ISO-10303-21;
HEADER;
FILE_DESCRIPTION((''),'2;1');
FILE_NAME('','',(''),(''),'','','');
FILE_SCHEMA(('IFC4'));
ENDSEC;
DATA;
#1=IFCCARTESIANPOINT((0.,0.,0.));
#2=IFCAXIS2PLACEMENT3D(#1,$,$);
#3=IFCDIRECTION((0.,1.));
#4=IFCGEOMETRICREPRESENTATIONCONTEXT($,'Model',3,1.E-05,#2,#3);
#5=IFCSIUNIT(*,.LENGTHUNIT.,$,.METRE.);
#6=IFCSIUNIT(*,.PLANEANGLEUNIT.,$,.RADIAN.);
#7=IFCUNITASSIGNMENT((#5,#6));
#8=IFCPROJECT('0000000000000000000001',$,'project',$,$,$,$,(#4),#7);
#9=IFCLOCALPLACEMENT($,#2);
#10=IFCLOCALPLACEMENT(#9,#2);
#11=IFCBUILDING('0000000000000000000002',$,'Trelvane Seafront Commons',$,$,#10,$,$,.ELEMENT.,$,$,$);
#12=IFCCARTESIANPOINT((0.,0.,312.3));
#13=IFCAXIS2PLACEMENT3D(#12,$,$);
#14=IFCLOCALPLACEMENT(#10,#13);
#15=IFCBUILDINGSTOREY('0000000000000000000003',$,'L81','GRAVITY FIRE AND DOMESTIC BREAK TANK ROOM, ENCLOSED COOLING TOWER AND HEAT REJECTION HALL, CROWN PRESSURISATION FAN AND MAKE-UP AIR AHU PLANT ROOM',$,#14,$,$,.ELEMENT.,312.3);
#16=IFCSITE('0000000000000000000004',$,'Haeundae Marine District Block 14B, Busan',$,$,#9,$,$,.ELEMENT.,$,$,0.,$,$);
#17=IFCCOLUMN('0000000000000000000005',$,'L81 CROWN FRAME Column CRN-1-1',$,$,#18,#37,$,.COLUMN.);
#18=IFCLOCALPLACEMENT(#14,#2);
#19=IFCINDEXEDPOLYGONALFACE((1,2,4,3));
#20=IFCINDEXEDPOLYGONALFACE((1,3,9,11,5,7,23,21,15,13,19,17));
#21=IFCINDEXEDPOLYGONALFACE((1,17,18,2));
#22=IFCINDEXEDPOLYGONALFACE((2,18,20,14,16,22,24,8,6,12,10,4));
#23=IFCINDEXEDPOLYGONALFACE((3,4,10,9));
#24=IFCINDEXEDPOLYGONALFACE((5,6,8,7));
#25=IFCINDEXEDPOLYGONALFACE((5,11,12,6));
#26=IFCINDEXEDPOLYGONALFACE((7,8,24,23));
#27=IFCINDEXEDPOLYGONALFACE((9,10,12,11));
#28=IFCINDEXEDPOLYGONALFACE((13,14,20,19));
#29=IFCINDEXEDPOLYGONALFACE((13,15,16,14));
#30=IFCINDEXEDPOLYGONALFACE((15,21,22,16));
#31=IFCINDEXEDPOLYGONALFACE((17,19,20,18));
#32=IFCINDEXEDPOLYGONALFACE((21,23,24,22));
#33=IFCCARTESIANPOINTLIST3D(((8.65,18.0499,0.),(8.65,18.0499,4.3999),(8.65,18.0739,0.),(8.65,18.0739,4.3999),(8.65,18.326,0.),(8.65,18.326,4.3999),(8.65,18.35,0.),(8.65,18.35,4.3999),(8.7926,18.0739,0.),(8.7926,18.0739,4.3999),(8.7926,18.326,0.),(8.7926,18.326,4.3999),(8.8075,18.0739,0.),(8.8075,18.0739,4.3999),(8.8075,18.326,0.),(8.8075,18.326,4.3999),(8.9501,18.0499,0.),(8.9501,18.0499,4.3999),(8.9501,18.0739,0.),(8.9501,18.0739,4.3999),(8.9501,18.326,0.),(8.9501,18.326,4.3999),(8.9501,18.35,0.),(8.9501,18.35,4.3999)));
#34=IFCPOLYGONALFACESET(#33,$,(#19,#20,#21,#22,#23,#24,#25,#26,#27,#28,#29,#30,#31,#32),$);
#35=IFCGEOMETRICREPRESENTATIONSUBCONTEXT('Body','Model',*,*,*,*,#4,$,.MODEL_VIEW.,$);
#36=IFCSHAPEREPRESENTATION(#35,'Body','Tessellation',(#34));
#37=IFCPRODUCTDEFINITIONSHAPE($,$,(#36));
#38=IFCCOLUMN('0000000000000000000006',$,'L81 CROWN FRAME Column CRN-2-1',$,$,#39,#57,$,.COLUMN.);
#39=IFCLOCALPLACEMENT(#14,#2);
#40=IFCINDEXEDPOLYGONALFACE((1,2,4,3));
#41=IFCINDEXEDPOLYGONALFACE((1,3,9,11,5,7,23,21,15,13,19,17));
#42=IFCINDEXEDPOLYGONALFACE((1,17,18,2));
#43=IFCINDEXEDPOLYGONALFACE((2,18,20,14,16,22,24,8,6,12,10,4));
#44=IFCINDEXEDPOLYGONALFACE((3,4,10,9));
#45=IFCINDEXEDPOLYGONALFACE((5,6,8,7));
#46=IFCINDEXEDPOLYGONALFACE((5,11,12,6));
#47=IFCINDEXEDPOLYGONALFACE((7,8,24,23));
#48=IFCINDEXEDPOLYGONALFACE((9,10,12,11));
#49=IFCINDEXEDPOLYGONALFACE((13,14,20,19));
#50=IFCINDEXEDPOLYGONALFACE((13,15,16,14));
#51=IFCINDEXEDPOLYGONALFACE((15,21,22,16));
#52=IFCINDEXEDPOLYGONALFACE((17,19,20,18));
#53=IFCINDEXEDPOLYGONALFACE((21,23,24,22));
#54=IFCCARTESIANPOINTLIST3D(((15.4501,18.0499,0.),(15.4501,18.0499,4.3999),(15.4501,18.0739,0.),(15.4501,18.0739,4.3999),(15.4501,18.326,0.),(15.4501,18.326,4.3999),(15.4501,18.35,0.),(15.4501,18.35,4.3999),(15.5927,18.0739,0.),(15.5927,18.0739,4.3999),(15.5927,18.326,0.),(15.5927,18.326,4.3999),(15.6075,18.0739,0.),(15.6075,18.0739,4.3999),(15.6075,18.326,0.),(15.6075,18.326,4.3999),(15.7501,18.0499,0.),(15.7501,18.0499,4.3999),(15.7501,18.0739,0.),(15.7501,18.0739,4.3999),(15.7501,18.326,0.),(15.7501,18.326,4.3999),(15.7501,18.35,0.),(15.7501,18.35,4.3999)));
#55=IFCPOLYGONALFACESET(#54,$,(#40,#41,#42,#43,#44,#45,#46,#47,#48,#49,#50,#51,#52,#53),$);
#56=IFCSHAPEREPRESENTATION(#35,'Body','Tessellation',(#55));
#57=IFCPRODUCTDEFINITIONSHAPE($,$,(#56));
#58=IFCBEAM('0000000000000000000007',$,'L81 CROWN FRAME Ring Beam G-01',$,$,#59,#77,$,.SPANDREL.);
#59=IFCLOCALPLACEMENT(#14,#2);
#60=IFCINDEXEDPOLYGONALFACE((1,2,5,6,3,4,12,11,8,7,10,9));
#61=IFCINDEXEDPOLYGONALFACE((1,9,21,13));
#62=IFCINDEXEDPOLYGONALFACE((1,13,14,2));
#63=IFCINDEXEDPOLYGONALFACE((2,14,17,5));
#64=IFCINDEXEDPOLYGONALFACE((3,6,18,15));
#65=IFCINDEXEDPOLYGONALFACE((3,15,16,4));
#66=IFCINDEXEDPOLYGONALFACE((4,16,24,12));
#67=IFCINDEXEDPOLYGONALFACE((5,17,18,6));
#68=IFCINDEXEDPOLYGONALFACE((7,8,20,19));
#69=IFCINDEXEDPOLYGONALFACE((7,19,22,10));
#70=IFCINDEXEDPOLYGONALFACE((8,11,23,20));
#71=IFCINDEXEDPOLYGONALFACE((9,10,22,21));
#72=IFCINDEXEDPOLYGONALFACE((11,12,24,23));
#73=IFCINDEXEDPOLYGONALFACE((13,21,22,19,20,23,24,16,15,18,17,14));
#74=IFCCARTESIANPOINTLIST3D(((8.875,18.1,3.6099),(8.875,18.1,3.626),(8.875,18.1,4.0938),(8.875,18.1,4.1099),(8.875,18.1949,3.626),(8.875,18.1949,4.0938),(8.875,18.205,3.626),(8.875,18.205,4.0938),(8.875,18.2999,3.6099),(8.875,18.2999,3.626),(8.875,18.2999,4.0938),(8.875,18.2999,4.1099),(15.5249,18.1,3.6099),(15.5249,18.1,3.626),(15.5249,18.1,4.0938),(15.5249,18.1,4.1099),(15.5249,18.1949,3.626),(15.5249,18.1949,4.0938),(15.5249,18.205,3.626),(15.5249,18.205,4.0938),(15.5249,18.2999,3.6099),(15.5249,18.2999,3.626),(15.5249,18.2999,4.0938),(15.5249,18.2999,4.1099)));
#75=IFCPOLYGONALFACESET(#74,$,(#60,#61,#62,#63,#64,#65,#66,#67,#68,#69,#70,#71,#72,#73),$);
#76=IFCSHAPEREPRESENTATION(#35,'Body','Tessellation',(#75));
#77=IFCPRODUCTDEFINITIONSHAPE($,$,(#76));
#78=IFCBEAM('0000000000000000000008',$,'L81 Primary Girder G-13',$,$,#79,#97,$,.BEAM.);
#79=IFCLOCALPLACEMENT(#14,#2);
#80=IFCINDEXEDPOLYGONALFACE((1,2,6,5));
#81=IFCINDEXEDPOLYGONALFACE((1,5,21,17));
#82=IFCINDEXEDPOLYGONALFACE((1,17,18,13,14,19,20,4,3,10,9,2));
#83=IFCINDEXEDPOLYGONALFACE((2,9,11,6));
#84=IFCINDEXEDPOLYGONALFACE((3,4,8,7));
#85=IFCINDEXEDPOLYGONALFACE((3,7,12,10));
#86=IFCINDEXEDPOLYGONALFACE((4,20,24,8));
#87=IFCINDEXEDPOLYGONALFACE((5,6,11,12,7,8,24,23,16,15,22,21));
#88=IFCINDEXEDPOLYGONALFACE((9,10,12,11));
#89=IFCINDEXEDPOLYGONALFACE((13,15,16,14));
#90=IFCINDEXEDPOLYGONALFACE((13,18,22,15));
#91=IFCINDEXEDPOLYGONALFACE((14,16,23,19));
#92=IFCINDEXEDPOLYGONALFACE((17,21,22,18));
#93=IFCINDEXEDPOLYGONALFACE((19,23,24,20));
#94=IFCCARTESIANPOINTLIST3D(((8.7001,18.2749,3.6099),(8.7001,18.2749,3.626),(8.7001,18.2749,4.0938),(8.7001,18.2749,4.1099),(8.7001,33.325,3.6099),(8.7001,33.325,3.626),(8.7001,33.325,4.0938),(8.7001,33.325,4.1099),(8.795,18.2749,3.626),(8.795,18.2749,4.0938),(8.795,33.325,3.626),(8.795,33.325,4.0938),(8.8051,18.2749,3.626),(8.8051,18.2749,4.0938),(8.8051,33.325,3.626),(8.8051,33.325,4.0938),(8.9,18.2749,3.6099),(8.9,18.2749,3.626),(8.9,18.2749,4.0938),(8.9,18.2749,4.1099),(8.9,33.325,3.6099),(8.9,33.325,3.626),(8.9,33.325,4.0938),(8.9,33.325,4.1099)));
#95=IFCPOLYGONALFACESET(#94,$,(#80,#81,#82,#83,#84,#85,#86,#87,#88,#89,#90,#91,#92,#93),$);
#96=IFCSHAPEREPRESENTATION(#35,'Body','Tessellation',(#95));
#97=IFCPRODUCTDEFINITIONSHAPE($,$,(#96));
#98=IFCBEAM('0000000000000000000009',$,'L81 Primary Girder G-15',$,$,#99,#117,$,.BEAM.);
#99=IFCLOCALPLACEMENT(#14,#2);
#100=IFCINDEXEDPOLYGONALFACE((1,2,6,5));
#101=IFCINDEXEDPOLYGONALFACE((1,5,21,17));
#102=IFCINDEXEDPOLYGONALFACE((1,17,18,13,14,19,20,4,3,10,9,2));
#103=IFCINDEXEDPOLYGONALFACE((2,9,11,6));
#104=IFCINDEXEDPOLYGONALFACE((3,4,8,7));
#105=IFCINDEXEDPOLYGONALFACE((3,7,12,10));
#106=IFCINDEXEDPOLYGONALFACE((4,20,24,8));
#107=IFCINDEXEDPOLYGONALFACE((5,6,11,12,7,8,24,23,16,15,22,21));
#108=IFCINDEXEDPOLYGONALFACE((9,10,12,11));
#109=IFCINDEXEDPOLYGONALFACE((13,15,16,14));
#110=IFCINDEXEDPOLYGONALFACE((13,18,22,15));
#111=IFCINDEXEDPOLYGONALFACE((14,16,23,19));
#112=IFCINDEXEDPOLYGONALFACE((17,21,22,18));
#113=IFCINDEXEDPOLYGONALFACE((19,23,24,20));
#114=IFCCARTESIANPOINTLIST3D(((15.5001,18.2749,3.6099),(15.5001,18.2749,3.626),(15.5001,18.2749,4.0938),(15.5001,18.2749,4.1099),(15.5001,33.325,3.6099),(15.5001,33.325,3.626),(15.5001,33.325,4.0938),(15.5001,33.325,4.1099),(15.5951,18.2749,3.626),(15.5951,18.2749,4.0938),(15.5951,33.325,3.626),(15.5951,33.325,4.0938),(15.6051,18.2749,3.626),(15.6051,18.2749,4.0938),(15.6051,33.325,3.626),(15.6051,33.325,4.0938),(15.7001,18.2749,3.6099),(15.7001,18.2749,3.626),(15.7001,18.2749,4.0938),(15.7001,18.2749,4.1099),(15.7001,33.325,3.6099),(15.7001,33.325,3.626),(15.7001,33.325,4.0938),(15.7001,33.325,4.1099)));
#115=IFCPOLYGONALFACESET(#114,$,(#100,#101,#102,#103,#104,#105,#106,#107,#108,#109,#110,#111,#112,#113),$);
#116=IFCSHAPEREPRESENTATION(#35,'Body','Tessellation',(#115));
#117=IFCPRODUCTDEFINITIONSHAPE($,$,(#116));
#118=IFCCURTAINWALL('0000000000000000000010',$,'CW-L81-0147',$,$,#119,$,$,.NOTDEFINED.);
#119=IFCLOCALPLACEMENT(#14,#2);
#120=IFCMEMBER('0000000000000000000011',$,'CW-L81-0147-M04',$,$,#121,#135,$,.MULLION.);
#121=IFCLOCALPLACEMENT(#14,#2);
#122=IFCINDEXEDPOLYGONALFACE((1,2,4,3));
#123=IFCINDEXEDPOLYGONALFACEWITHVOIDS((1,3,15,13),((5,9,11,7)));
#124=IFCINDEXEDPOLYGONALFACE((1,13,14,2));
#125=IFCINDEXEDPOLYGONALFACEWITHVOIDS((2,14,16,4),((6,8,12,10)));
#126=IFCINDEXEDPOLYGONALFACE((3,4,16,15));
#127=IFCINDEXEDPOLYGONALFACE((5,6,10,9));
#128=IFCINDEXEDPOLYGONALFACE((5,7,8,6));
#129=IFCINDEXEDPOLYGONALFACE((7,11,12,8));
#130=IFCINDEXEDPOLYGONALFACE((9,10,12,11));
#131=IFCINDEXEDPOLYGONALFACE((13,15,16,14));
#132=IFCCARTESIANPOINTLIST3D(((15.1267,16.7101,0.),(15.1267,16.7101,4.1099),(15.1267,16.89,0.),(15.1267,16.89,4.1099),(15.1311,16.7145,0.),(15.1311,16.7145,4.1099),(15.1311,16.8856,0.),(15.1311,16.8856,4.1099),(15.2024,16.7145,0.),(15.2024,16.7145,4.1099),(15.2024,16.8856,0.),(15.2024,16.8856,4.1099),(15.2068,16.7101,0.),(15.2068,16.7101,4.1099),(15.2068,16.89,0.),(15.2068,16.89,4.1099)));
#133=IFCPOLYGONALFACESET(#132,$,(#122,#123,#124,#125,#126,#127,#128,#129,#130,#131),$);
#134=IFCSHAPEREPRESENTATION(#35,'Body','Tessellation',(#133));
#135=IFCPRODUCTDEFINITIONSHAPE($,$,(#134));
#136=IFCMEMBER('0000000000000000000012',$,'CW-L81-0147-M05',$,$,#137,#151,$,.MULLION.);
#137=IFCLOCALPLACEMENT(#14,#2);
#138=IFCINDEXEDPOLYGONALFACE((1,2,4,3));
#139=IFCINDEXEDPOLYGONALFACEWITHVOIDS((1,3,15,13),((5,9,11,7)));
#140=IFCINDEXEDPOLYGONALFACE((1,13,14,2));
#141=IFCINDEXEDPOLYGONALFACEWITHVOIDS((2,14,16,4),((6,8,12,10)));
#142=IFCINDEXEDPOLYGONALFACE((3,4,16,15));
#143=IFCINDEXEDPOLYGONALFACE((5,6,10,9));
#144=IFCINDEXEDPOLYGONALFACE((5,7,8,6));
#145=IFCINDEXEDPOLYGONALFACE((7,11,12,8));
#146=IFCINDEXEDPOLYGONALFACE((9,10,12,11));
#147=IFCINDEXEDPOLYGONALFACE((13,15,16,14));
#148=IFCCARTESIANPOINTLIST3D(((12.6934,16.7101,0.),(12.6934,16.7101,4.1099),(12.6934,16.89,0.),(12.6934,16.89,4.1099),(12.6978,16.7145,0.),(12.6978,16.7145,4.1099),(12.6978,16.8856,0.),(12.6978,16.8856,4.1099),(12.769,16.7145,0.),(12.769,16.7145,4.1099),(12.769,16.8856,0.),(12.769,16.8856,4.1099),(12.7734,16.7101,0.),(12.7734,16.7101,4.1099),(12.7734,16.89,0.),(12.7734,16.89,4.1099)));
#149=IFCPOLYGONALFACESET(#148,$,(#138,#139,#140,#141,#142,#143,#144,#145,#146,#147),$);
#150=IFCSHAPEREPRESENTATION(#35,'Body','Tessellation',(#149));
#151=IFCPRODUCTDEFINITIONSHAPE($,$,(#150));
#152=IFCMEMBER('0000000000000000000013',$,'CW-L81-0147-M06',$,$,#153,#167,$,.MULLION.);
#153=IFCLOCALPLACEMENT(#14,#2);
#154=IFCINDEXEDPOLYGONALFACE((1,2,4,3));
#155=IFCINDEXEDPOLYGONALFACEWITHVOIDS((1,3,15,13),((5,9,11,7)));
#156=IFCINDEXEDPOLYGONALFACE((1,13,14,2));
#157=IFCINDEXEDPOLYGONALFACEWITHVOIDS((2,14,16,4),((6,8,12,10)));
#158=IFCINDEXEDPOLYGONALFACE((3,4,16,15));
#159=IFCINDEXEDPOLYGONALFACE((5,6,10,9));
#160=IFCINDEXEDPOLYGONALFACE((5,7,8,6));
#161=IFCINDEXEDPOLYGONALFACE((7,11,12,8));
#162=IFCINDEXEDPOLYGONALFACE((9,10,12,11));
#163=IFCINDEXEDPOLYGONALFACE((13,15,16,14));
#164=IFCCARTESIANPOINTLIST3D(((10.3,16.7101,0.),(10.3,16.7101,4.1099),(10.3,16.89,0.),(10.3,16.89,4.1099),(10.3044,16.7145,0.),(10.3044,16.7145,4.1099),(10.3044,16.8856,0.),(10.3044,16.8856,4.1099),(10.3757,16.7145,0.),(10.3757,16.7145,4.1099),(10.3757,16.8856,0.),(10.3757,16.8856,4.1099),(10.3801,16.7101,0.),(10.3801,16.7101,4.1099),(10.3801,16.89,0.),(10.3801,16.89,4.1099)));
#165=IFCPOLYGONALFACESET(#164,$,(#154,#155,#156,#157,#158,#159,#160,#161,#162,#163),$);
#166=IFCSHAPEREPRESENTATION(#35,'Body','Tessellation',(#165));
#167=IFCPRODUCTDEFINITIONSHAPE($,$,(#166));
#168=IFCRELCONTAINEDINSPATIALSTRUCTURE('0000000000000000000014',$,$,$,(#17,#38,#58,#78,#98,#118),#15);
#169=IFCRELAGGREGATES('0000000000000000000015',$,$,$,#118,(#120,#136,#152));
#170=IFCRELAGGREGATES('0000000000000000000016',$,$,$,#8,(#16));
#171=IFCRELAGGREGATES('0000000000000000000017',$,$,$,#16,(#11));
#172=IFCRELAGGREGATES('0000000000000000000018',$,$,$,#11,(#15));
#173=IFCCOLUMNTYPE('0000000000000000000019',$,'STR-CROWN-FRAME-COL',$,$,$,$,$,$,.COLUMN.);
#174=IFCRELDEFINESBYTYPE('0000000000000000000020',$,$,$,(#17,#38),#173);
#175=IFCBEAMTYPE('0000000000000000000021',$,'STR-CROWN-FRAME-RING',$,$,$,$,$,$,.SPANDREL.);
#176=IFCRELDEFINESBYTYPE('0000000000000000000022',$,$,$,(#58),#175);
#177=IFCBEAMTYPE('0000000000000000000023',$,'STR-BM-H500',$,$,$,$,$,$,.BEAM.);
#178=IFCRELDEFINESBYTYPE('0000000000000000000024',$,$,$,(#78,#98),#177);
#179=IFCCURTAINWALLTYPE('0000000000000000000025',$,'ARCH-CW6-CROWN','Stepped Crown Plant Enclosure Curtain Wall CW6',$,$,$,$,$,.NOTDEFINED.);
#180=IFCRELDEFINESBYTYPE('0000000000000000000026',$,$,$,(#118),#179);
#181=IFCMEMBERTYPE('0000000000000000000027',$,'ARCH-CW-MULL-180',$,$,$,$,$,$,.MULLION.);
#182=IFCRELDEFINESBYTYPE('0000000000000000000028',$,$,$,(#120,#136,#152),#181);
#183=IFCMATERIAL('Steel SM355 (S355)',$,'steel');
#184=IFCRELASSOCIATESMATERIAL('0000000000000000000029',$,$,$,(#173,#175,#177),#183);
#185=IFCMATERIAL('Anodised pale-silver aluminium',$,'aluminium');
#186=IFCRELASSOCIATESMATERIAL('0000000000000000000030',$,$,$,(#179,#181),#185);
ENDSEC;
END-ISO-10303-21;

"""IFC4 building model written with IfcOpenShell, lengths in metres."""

from ifc_helpers import new_model, si_unit, direction, frame, origin, origin_2d, place, context, subcontext, project, spatial, hollow_rectangle, i_section, extrude, source, transform, mapped, material, material_profile, profile_set, type_object, element, aggregate, save


model = new_model("IFC4")

# Units and contexts
model_context = context("Model", 3, precision=1e-05, world=origin(), true_north=direction((0.0, 1.0)))
body_context = subcontext(model_context, "Body", "Model", "MODEL_VIEW")
ifc_project = project(units=[si_unit("LENGTHUNIT", "METRE"), si_unit("PLANEANGLEUNIT", "RADIAN")], contexts=[model_context])

# Site, building, storey
site_placement = place(None, origin())
site = spatial("IfcSite", under=ifc_project, at=site_placement, Name="Haeundae Marine District Block 14B, Busan", CompositionType="ELEMENT", RefElevation=0.0)
building_placement = place(site_placement, origin())
building = spatial("IfcBuilding", under=site, at=building_placement, Name="Trelvane Seafront Commons", CompositionType="ELEMENT")
storey_placement = place(building_placement, frame((0.0, 0.0, 312.3)))
storey = spatial("IfcBuildingStorey", under=building, at=storey_placement, Name="L81", Description="GRAVITY FIRE AND DOMESTIC BREAK TANK ROOM, ENCLOSED COOLING TOWER AND HEAT REJECTION HALL, CROWN PRESSURISATION FAN AND MAKE-UP AIR AHU PLANT ROOM", CompositionType="ELEMENT", Elevation=312.3)

# Columns
ifc_material_1 = material(Name="Steel SM355 (S355)", Category="steel")
ifc_material_profile_1 = material_profile(ifc_material_1, i_section(OverallWidth=0.3, OverallDepth=0.3, WebThickness=0.0149, FlangeThickness=0.0239, at=origin_2d()), Name="HD-300x300x15x24")
ifc_profile_set_1 = profile_set([ifc_material_profile_1], Name="Steel SM355 (S355)")
column_type = type_object("IfcColumnType", Name="STR-CROWN-FRAME-COL", PredefinedType="COLUMN", material=ifc_profile_set_1)
shared_shape_1 = source(origin(), body_context, "Body", "SweptSolid", [
    extrude(i_section(OverallWidth=0.3, OverallDepth=0.3, WebThickness=0.0149, FlangeThickness=0.0239, at=origin_2d()), origin(), (0.0, 0.0, 1.0), 4.3999),
])
for number, where, z_axis, x_axis, name in (
    (1, (8.8, 18.2, 0.0), (0.0, 0.0, 1.0), (1.0, 0.0, 0.0), "L81 CROWN FRAME Column CRN-1-1"),
    (2, (15.6001, 18.2, 0.0), (0.0, 0.0, 1.0), (1.0, 0.0, 0.0), "L81 CROWN FRAME Column CRN-2-1"),
):
    element("IfcColumn", number, at=place(storey_placement, frame(where, z_axis=z_axis, x_axis=x_axis)), inside=storey, type_object=column_type, Name=name, PredefinedType="COLUMN", context=body_context, shape_type="MappedRepresentation", body=[
        mapped(shared_shape_1, transform((0.0, 0.0, 0.0), x_axis=(1.0, 0.0, 0.0), y_axis=(0.0, 1.0, 0.0), z_axis=(0.0, 0.0, 1.0), scale=1.0)),
    ])

# Beams
ifc_material_profile_2 = material_profile(ifc_material_1, i_section(OverallWidth=0.2, OverallDepth=0.5, WebThickness=0.01, FlangeThickness=0.0161, at=origin_2d()), Name="H-500x200x10x16")
ifc_profile_set_2 = profile_set([ifc_material_profile_2], Name="Steel SM355 (S355)")
beam_type_1 = type_object("IfcBeamType", Name="STR-CROWN-FRAME-RING", PredefinedType="SPANDREL", material=ifc_profile_set_2)
shared_shape_2 = source(origin(), body_context, "Body", "SweptSolid", [
    extrude(i_section(OverallWidth=0.2, OverallDepth=0.5, WebThickness=0.01, FlangeThickness=0.0161, at=origin_2d()), origin(), (0.0, 0.0, 1.0), 6.6499),
])
beam_placement = place(storey_placement, frame((8.875, 18.2, 3.8599), z_axis=(1.0, 0.0, 0.0), x_axis=(0.0, 1.0, 0.0)))
element("IfcBeam", 3, at=beam_placement, inside=storey, type_object=beam_type_1, Name="L81 CROWN FRAME Ring Beam G-01", PredefinedType="SPANDREL", context=body_context, shape_type="MappedRepresentation", body=[
    mapped(shared_shape_2, transform((0.0, 0.0, 0.0), x_axis=(1.0, 0.0, 0.0), y_axis=(0.0, 1.0, 0.0), z_axis=(0.0, 0.0, 1.0), scale=1.0)),
])
ifc_material_profile_3 = material_profile(ifc_material_1, i_section(OverallWidth=0.2, OverallDepth=0.5, WebThickness=0.01, FlangeThickness=0.0161, at=origin_2d()), Name="H-500x200x10x16")
ifc_profile_set_3 = profile_set([ifc_material_profile_3], Name="Steel SM355 (S355)")
beam_type_2 = type_object("IfcBeamType", Name="STR-BM-H500", PredefinedType="BEAM", material=ifc_profile_set_3)
shared_shape_3 = source(origin(), body_context, "Body", "SweptSolid", [
    extrude(i_section(OverallWidth=0.2, OverallDepth=0.5, WebThickness=0.01, FlangeThickness=0.0161, at=origin_2d()), origin(), (0.0, 0.0, 1.0), 15.05),
])
for number, where, z_axis, x_axis, name in (
    (4, (8.8, 18.2749, 3.8599), (0.0, 1.0, 0.0), (-1.0, 0.0, 0.0), "L81 Primary Girder G-13"),
    (5, (15.6001, 18.2749, 3.8599), (0.0, 1.0, 0.0), (-1.0, 0.0, 0.0), "L81 Primary Girder G-15"),
):
    element("IfcBeam", number, at=place(storey_placement, frame(where, z_axis=z_axis, x_axis=x_axis)), inside=storey, type_object=beam_type_2, Name=name, PredefinedType="BEAM", context=body_context, shape_type="MappedRepresentation", body=[
        mapped(shared_shape_3, transform((0.0, 0.0, 0.0), x_axis=(1.0, 0.0, 0.0), y_axis=(0.0, 1.0, 0.0), z_axis=(0.0, 0.0, 1.0), scale=1.0)),
    ])

# Curtain wall, members
ifc_material_2 = material(Name="Anodised pale-silver aluminium", Category="aluminium")
curtain_wall_type = type_object("IfcCurtainWallType", Name="ARCH-CW6-CROWN", Description="Stepped Crown Plant Enclosure Curtain Wall CW6", PredefinedType="NOTDEFINED", material=ifc_material_2)
curtain_wall_placement = place(storey_placement, origin())
curtain_wall = element("IfcCurtainWall", 6, at=curtain_wall_placement, inside=storey, type_object=curtain_wall_type, Name="CW-L81-0147", PredefinedType="NOTDEFINED")
ifc_material_profile_4 = material_profile(ifc_material_2, hollow_rectangle(XDim=0.0801, YDim=0.1799, WallThickness=0.0044, at=origin_2d()), Name="MULL-80x180x4.5")
ifc_profile_set_4 = profile_set([ifc_material_profile_4], Name="Anodised pale-silver aluminium")
member_type_1 = type_object("IfcMemberType", Name="ARCH-CW-MULL-180", PredefinedType="MULLION", material=ifc_profile_set_4)
shared_shape_4 = source(origin(), body_context, "Body", "SweptSolid", [
    extrude(hollow_rectangle(XDim=0.0801, YDim=0.1799, WallThickness=0.0044, at=origin_2d()), origin(), (0.0, 0.0, 1.0), 4.1099),
])
member_1_placement = place(storey_placement, frame((15.1667, 16.8, 0.0), z_axis=(0.0, 0.0, 1.0), x_axis=(1.0, 0.0, 0.0)))
member_1 = element("IfcMember", 7, at=member_1_placement, type_object=member_type_1, Name="CW-L81-0147-M04", PredefinedType="MULLION", context=body_context, shape_type="MappedRepresentation", body=[
    mapped(shared_shape_4, transform((0.0, 0.0, 0.0), x_axis=(1.0, 0.0, 0.0), y_axis=(0.0, 1.0, 0.0), z_axis=(0.0, 0.0, 1.0), scale=1.0)),
])
member_2_placement = place(storey_placement, frame((12.7334, 16.8, 0.0), z_axis=(0.0, 0.0, 1.0), x_axis=(1.0, 0.0, 0.0)))
member_2 = element("IfcMember", 8, at=member_2_placement, type_object=member_type_1, Name="CW-L81-0147-M05", PredefinedType="MULLION", context=body_context, shape_type="MappedRepresentation", body=[
    mapped(shared_shape_4, transform((0.0, 0.0, 0.0), x_axis=(1.0, 0.0, 0.0), y_axis=(0.0, 1.0, 0.0), z_axis=(0.0, 0.0, 1.0), scale=1.0)),
])
member_3_placement = place(storey_placement, frame((10.3401, 16.8, 0.0), z_axis=(0.0, 0.0, 1.0), x_axis=(1.0, 0.0, 0.0)))
member_3 = element("IfcMember", 9, at=member_3_placement, type_object=member_type_1, Name="CW-L81-0147-M06", PredefinedType="MULLION", context=body_context, shape_type="MappedRepresentation", body=[
    mapped(shared_shape_4, transform((0.0, 0.0, 0.0), x_axis=(1.0, 0.0, 0.0), y_axis=(0.0, 1.0, 0.0), z_axis=(0.0, 0.0, 1.0), scale=1.0)),
])

aggregate(curtain_wall, [member_1, member_2, member_3])

save(model, "model.ifc")
